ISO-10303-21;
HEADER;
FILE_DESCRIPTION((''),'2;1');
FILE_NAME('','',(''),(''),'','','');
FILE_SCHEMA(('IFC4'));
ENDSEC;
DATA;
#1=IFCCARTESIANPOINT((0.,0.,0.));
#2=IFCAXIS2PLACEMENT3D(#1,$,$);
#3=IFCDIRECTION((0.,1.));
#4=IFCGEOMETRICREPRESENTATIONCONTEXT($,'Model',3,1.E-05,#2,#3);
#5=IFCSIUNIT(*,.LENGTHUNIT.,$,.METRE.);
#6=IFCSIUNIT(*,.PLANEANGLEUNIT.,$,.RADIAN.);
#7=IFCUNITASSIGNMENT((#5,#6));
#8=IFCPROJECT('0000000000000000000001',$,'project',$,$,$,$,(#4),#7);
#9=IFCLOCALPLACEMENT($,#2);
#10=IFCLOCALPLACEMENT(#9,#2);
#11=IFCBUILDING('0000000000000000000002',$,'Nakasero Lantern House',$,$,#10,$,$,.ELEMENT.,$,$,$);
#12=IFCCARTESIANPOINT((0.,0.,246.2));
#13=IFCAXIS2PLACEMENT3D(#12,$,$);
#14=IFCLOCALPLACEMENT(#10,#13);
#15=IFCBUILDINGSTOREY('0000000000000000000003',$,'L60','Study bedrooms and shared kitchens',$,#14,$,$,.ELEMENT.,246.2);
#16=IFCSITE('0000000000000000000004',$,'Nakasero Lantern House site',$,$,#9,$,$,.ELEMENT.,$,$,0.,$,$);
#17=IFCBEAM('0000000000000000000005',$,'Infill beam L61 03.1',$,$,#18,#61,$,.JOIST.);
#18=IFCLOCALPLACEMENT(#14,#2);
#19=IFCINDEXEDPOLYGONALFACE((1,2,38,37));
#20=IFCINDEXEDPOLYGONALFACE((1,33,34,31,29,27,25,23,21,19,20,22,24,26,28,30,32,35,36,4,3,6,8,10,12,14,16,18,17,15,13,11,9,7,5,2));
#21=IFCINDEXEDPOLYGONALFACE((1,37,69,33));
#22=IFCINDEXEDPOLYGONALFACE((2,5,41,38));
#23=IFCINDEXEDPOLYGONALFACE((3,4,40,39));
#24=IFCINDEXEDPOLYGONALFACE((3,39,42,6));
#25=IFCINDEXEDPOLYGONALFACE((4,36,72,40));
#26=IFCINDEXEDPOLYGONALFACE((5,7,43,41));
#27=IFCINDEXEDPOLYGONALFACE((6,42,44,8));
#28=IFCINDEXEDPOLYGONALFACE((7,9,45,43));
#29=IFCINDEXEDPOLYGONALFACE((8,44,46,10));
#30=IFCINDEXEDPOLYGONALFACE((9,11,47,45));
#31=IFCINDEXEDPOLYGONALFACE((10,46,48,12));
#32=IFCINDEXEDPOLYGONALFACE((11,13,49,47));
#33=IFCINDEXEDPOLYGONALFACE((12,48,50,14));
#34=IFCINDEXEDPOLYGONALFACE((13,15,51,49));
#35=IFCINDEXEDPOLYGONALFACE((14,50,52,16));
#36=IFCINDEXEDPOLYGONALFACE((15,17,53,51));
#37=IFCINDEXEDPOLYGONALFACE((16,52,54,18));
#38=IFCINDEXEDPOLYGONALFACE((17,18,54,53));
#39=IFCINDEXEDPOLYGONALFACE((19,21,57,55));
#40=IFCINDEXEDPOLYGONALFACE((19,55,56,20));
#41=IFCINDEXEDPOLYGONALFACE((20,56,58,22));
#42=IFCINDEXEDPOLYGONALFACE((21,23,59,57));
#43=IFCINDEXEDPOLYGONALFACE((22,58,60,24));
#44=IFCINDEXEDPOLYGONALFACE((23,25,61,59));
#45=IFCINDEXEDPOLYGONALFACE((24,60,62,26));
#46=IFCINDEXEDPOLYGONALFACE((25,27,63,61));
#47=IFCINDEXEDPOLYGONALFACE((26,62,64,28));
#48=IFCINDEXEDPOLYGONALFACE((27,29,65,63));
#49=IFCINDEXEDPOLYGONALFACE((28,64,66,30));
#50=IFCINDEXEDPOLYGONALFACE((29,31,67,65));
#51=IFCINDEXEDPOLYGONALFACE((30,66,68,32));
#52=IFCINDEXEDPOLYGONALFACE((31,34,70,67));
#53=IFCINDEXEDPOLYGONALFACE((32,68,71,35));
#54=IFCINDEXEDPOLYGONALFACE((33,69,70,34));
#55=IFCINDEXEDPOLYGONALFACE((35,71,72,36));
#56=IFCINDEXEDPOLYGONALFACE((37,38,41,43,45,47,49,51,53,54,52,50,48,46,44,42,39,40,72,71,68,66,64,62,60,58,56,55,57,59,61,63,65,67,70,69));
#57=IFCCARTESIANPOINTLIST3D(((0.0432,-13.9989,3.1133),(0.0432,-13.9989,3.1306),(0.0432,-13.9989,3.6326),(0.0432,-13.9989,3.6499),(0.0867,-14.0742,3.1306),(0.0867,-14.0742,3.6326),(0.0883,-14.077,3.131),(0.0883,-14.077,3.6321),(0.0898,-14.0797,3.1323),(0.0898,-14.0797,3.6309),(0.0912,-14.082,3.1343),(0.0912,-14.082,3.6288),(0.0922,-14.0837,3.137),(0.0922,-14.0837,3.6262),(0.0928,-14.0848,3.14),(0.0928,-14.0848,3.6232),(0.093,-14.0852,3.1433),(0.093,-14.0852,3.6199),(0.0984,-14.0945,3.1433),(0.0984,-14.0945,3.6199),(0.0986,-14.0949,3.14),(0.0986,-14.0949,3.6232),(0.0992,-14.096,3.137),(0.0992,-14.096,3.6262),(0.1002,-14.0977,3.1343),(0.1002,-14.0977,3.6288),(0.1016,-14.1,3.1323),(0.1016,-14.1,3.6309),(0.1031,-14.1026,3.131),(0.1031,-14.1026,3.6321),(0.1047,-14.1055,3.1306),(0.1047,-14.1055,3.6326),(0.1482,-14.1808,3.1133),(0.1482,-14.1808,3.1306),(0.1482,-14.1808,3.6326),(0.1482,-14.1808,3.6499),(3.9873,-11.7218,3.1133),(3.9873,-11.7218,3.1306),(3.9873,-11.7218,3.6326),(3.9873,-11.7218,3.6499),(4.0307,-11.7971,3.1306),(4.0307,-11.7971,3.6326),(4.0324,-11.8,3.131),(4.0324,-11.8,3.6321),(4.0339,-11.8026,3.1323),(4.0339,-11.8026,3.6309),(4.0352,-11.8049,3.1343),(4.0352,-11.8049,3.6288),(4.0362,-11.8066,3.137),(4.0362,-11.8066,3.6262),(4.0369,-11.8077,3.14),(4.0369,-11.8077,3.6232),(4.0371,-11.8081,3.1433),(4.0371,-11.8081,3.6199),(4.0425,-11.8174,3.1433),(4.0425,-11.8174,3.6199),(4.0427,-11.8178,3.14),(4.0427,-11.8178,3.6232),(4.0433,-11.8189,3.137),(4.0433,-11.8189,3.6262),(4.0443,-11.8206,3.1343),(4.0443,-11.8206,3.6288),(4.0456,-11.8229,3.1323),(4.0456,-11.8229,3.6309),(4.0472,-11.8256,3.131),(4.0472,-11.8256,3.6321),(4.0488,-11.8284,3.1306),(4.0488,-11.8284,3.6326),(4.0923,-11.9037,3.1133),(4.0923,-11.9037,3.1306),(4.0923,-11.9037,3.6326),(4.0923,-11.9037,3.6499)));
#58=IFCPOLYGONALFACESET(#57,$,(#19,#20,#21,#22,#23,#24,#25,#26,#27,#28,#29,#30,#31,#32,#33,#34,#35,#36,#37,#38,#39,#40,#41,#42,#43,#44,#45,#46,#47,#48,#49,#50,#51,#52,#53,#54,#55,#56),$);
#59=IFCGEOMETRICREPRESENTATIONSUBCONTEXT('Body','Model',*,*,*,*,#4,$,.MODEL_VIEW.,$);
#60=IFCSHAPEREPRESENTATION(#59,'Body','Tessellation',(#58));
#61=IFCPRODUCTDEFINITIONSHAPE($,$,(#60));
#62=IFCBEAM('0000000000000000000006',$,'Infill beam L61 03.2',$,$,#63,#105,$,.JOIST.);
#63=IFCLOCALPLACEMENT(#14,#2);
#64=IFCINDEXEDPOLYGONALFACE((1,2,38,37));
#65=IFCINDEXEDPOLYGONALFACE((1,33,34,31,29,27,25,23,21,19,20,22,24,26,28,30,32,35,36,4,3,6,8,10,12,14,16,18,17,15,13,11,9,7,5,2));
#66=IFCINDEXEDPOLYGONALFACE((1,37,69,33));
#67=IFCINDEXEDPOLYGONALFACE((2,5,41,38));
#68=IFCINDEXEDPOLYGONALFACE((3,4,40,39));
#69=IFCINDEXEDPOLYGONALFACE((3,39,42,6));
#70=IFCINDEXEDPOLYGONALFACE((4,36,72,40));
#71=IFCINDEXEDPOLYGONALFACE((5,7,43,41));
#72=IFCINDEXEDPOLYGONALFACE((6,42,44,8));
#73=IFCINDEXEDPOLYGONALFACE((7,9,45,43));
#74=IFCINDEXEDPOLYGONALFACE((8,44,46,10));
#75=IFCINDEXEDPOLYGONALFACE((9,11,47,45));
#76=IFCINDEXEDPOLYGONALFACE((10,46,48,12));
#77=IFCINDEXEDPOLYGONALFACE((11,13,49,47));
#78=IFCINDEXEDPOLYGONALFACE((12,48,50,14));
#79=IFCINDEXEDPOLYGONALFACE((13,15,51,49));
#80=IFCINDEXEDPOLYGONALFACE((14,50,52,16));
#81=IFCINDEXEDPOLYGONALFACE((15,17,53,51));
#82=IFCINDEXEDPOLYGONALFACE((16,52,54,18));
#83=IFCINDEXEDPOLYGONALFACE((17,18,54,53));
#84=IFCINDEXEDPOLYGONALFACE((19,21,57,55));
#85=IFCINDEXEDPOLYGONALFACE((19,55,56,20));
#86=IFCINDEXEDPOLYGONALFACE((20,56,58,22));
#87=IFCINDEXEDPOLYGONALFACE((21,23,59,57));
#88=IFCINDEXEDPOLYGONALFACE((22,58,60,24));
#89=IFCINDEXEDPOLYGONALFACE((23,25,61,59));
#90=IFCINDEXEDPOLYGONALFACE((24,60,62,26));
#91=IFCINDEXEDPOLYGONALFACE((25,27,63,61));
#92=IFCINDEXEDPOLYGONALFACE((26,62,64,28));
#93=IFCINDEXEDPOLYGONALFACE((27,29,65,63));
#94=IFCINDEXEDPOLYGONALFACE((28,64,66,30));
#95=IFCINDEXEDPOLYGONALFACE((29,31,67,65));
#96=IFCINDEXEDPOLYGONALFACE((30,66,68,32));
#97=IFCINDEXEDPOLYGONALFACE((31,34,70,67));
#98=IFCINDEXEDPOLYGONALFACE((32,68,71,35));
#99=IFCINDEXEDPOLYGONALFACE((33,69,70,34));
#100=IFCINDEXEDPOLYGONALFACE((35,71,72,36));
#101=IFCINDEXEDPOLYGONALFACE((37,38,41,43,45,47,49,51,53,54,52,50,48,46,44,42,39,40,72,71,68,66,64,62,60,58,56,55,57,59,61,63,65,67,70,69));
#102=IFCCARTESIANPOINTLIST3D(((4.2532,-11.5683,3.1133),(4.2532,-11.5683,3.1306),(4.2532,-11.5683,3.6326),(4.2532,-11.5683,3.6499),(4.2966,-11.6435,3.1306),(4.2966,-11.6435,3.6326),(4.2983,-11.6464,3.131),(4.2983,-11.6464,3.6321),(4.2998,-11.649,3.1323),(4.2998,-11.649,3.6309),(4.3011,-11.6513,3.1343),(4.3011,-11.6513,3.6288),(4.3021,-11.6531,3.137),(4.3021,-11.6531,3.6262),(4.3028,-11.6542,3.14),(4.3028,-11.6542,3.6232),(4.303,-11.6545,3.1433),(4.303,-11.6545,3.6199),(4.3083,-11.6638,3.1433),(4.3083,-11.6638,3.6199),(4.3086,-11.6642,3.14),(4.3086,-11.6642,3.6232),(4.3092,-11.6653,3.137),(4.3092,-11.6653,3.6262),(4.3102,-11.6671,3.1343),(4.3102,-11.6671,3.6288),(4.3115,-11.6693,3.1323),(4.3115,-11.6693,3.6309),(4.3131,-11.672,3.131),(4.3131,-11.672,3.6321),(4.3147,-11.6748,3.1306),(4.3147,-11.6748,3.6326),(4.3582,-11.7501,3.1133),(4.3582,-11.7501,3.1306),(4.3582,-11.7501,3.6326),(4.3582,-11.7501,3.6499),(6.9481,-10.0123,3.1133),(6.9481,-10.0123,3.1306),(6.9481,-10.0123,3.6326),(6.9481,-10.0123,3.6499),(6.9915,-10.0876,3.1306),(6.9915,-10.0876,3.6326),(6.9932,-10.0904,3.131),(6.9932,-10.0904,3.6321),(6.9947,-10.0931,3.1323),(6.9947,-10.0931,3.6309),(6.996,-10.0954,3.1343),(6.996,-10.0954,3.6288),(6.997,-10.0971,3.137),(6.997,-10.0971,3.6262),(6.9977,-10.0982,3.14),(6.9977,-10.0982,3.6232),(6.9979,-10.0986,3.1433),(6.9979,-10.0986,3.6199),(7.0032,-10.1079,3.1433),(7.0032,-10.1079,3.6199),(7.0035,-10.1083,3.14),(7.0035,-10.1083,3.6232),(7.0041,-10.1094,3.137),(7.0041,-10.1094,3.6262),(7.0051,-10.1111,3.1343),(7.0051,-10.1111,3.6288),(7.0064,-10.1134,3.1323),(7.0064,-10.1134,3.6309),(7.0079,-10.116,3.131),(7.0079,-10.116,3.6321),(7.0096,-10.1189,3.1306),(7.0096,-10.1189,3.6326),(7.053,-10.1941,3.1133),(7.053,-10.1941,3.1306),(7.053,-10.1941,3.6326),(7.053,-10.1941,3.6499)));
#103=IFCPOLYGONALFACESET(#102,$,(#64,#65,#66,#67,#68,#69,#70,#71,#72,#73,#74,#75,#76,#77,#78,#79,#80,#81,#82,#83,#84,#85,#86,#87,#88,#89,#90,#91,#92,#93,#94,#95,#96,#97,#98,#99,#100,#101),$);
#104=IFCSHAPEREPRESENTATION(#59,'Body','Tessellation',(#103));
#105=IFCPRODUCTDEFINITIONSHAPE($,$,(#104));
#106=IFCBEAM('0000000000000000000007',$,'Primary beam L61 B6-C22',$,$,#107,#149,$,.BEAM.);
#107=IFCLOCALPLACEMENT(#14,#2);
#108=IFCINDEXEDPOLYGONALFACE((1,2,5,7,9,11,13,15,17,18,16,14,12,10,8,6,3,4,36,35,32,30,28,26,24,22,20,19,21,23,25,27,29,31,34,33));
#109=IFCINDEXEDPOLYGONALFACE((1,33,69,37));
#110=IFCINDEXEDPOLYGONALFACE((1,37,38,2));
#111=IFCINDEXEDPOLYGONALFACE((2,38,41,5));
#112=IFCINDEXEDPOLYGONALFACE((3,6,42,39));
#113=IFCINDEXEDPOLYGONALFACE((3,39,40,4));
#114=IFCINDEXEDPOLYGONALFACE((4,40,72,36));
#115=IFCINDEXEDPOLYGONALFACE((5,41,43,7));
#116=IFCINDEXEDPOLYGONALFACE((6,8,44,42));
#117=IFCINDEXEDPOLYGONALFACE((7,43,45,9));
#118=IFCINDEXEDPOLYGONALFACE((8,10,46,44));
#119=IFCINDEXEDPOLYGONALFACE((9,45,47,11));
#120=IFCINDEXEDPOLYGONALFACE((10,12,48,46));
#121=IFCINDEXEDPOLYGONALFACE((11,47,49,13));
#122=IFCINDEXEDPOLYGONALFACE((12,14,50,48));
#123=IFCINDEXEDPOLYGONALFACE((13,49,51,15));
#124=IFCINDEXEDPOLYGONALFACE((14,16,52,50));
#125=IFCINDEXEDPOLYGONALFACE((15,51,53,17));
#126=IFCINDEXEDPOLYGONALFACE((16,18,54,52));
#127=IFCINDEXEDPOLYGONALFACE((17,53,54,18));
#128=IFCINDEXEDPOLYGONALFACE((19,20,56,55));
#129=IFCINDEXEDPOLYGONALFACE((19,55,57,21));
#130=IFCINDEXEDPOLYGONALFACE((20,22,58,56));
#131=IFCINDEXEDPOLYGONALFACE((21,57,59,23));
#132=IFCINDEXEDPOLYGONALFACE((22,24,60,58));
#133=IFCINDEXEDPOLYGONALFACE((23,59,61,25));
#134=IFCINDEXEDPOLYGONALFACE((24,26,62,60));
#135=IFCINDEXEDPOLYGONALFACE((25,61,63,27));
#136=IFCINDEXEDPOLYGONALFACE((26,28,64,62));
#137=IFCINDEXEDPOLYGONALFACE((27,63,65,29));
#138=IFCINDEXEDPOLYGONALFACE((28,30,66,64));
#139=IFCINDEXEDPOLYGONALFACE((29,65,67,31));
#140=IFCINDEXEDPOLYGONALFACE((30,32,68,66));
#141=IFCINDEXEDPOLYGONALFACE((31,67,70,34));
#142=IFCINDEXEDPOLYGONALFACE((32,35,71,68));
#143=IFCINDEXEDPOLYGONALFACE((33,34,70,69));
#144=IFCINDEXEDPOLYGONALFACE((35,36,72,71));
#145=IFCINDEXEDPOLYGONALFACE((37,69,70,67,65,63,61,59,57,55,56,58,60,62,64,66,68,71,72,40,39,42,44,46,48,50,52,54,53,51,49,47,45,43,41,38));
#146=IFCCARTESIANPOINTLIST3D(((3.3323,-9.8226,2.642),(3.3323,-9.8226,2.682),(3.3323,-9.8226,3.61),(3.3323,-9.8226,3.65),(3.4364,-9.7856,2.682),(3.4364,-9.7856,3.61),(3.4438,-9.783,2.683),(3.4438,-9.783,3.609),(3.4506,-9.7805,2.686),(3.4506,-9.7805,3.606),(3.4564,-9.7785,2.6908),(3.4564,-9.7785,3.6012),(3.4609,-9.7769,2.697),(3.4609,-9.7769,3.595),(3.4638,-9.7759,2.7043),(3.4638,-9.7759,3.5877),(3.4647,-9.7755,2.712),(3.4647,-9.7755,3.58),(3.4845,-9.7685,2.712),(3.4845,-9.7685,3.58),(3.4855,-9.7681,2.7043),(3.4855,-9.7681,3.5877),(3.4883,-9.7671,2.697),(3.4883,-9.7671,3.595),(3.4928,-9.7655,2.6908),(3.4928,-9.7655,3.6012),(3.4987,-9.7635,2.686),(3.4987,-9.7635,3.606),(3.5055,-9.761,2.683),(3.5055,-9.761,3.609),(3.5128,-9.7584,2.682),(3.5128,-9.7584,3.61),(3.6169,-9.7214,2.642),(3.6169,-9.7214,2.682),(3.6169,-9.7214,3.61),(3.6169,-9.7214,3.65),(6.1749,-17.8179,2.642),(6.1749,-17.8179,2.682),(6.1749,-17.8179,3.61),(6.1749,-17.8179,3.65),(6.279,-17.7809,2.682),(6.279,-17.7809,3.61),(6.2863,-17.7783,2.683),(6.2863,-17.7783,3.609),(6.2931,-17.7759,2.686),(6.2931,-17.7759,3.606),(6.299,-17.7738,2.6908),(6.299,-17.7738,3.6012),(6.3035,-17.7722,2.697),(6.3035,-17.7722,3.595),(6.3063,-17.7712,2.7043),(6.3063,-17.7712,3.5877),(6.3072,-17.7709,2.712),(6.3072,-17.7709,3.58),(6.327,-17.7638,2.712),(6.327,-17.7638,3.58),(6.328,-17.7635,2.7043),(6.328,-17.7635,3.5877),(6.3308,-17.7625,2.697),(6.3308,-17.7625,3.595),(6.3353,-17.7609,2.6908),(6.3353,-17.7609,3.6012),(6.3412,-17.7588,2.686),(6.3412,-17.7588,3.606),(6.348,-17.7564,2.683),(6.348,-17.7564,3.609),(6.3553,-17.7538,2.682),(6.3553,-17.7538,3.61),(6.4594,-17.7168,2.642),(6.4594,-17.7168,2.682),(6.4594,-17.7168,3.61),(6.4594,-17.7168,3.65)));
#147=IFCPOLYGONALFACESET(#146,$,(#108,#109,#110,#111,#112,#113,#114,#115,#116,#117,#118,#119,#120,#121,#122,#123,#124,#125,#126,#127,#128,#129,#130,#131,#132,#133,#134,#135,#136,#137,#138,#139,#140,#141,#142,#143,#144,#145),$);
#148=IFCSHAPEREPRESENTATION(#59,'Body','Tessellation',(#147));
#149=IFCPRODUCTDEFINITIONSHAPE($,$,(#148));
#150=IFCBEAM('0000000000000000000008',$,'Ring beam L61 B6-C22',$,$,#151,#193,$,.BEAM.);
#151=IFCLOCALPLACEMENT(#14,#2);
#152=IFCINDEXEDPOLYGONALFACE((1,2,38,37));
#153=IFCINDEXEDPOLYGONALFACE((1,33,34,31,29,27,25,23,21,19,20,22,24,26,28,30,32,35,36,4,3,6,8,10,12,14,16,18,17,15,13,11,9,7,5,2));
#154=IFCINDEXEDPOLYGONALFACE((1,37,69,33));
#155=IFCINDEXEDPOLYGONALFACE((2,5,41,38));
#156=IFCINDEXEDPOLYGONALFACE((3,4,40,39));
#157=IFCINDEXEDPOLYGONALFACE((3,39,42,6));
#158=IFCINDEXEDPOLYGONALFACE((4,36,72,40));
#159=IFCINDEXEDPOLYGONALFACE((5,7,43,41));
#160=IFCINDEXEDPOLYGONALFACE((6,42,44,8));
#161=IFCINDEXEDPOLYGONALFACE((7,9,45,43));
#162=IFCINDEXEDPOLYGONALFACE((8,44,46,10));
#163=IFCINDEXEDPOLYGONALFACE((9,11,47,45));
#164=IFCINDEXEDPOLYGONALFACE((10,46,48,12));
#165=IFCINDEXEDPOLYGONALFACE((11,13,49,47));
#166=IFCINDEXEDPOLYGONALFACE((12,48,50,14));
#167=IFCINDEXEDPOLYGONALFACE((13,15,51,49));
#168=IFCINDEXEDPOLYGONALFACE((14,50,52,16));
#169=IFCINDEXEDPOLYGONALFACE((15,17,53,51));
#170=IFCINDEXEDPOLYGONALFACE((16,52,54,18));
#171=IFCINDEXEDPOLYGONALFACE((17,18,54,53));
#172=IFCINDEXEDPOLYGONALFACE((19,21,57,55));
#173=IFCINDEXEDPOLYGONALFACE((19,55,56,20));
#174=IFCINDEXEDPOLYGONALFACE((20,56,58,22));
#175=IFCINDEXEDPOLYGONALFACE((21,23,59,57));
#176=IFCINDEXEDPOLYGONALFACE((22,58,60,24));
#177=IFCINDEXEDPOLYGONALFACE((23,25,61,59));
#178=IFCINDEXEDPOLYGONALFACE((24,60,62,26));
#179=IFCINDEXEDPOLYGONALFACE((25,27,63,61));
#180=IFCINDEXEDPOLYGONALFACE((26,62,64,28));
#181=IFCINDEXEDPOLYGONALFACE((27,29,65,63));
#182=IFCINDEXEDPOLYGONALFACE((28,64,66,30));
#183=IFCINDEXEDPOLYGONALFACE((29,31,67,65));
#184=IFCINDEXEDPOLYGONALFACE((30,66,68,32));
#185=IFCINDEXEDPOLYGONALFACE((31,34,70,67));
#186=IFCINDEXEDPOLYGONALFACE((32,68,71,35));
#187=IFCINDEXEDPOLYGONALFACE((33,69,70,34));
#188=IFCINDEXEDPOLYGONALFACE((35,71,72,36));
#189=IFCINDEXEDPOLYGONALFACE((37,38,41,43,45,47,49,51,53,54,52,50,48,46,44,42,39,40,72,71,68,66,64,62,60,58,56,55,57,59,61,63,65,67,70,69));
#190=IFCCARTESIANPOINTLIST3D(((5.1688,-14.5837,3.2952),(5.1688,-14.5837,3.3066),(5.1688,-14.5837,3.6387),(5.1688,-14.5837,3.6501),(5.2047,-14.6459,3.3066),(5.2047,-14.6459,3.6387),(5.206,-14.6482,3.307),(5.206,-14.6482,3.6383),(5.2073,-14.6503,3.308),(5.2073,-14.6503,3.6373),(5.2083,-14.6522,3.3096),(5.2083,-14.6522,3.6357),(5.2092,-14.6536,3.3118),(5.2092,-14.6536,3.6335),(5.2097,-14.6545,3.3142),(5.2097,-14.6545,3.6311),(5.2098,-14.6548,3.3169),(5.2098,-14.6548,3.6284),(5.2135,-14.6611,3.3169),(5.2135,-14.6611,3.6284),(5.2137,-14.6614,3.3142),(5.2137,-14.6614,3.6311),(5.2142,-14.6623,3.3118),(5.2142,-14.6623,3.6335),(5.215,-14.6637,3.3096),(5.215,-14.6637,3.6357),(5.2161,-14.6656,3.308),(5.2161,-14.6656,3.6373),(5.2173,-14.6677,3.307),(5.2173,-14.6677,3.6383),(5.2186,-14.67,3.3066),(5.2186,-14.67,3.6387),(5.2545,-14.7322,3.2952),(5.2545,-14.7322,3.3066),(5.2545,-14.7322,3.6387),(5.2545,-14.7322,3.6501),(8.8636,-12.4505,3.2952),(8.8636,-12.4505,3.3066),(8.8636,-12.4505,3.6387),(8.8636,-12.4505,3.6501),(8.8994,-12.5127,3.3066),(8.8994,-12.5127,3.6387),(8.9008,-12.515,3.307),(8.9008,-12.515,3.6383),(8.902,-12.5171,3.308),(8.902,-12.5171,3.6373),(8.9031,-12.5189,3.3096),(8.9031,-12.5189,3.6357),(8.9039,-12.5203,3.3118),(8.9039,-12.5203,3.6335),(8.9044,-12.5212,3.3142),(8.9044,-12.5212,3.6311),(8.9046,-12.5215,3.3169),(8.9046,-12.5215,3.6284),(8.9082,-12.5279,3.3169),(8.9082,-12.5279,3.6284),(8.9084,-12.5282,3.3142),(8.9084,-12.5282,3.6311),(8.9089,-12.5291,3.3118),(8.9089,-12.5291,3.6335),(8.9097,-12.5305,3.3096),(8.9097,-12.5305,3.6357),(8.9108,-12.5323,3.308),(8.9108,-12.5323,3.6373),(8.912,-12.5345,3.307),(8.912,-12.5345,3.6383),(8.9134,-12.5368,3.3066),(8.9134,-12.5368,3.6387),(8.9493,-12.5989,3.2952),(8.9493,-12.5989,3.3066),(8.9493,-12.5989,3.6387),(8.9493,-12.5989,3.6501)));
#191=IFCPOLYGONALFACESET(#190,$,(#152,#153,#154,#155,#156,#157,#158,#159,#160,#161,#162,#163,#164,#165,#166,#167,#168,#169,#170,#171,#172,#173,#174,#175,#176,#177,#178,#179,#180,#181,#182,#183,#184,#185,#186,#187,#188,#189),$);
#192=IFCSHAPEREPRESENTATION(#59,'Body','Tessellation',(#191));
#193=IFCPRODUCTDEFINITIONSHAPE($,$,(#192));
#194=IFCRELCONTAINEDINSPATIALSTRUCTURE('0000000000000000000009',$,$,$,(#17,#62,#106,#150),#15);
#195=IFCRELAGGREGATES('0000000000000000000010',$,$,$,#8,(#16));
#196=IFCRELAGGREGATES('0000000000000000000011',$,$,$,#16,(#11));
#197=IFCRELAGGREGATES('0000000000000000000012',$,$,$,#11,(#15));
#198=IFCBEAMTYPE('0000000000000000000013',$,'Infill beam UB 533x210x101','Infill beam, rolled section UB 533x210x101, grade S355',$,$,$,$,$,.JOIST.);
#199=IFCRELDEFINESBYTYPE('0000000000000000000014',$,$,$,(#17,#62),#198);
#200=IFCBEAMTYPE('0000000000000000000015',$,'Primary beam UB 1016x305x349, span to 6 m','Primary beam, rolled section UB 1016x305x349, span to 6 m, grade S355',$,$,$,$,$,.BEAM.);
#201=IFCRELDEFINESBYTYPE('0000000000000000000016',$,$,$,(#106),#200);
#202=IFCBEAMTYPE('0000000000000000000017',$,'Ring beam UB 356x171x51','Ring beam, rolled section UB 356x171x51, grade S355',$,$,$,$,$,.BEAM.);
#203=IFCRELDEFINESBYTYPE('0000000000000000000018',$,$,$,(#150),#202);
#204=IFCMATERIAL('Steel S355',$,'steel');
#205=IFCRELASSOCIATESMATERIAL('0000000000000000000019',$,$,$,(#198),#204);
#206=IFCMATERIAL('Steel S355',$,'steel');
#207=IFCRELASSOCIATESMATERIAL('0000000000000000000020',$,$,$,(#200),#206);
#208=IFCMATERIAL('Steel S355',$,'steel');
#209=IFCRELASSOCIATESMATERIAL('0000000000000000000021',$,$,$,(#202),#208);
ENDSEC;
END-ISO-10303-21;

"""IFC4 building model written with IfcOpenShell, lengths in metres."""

from ifc_helpers import new_model, si_unit, direction, frame, origin, origin_2d, place, context, subcontext, project, spatial, i_section, extrude, material, material_profile, profile_set, type_object, element, save


model = new_model("IFC4")

# Units and contexts
model_context = context("Model", 3, precision=1e-05, world=origin(), true_north=direction((0.0, 1.0)))
body_context = subcontext(model_context, "Body", "Model", "MODEL_VIEW")
ifc_project = project(units=[si_unit("LENGTHUNIT", "METRE"), si_unit("PLANEANGLEUNIT", "RADIAN")], contexts=[model_context])

# Site, building, storey
site_placement = place(None, origin())
site = spatial("IfcSite", under=ifc_project, at=site_placement, Name="Nakasero Lantern House site", CompositionType="ELEMENT", RefElevation=0.0)
building_placement = place(site_placement, origin())
building = spatial("IfcBuilding", under=site, at=building_placement, Name="Nakasero Lantern House", CompositionType="ELEMENT")
storey_placement = place(building_placement, frame((0.0, 0.0, 246.2)))
storey = spatial("IfcBuildingStorey", under=building, at=storey_placement, Name="L60", Description="Study bedrooms and shared kitchens", CompositionType="ELEMENT", Elevation=246.2)

# Beams
ifc_material_1 = material(Name="Steel S355", Category="steel")
ifc_material_profile_1 = material_profile(ifc_material_1, i_section(OverallWidth=0.21, OverallDepth=0.5366, WebThickness=0.0107, FlangeThickness=0.0173, FilletRadius=0.0127, at=origin_2d()), Name="UB 533x210x101")
ifc_profile_set_1 = profile_set([ifc_material_profile_1], Name="Steel S355")
beam_type_1 = type_object("IfcBeamType", Name="Infill beam UB 533x210x101", Description="Infill beam, rolled section UB 533x210x101, grade S355", PredefinedType="JOIST", material=ifc_profile_set_1)
beam_1_placement = place(storey_placement, frame((0.0957, -14.0898, 3.3816), z_axis=(0.866028, 0.499996, 0.0), x_axis=(-0.499996, 0.866028, 0.0)))
element("IfcBeam", 1, at=beam_1_placement, inside=storey, type_object=beam_type_1, Name="Infill beam L61 03.1", PredefinedType="JOIST", context=body_context, shape_type="SweptSolid", body=[
    extrude(i_section(OverallWidth=0.21, OverallDepth=0.5366, WebThickness=0.0107, FlangeThickness=0.0173, FilletRadius=0.0127, at=origin_2d()), origin(), (0.0, 0.0, 1.0), 4.5542),
])
beam_2_placement = place(storey_placement, frame((4.3057, -11.6592, 3.3816), z_axis=(0.866018, 0.500012, 0.0), x_axis=(-0.500012, 0.866018, 0.0)))
element("IfcBeam", 2, at=beam_2_placement, inside=storey, type_object=beam_type_1, Name="Infill beam L61 03.2", PredefinedType="JOIST", context=body_context, shape_type="SweptSolid", body=[
    extrude(i_section(OverallWidth=0.21, OverallDepth=0.5366, WebThickness=0.0107, FlangeThickness=0.0173, FilletRadius=0.0127, at=origin_2d()), origin(), (0.0, 0.0, 1.0), 3.1118),
])
ifc_material_2 = material(Name="Steel S355", Category="steel")
ifc_material_profile_2 = material_profile(ifc_material_2, i_section(OverallWidth=0.302, OverallDepth=1.0081, WebThickness=0.021, FlangeThickness=0.04, FilletRadius=0.03, at=origin_2d()), Name="UB 1016x305x349")
ifc_profile_set_2 = profile_set([ifc_material_profile_2], Name="Steel S355")
beam_type_2 = type_object("IfcBeamType", Name="Primary beam UB 1016x305x349, span to 6 m", Description="Primary beam, rolled section UB 1016x305x349, span to 6 m, grade S355", PredefinedType="BEAM", material=ifc_profile_set_2)
beam_3_placement = place(storey_placement, frame((6.3171, -17.7673, 3.146), z_axis=(-0.334982, 0.942225, 0.0), x_axis=(-0.942225, -0.334982, 0.0)))
element("IfcBeam", 3, at=beam_3_placement, inside=storey, type_object=beam_type_2, Name="Primary beam L61 B6-C22", PredefinedType="BEAM", context=body_context, shape_type="SweptSolid", body=[
    extrude(i_section(OverallWidth=0.302, OverallDepth=1.0081, WebThickness=0.021, FlangeThickness=0.04, FilletRadius=0.03, at=origin_2d()), origin(), (0.0, 0.0, 1.0), 8.4856),
])
ifc_material_3 = material(Name="Steel S355", Category="steel")
ifc_material_profile_3 = material_profile(ifc_material_3, i_section(OverallWidth=0.1714, OverallDepth=0.355, WebThickness=0.0073, FlangeThickness=0.0115, FilletRadius=0.0103, at=origin_2d()), Name="UB 356x171x51")
ifc_profile_set_3 = profile_set([ifc_material_profile_3], Name="Steel S355")
beam_type_3 = type_object("IfcBeamType", Name="Ring beam UB 356x171x51", Description="Ring beam, rolled section UB 356x171x51, grade S355", PredefinedType="BEAM", material=ifc_profile_set_3)
beam_4_placement = place(storey_placement, frame((5.2117, -14.658, 3.4727), z_axis=(0.866016, 0.500016, 0.0), x_axis=(-0.500016, 0.866016, 0.0)))
element("IfcBeam", 4, at=beam_4_placement, inside=storey, type_object=beam_type_3, Name="Ring beam L61 B6-C22", PredefinedType="BEAM", context=body_context, shape_type="SweptSolid", body=[
    extrude(i_section(OverallWidth=0.1714, OverallDepth=0.355, WebThickness=0.0073, FlangeThickness=0.0115, FilletRadius=0.0103, at=origin_2d()), origin(), (0.0, 0.0, 1.0), 4.2664),
])

save(model, "model.ifc")
